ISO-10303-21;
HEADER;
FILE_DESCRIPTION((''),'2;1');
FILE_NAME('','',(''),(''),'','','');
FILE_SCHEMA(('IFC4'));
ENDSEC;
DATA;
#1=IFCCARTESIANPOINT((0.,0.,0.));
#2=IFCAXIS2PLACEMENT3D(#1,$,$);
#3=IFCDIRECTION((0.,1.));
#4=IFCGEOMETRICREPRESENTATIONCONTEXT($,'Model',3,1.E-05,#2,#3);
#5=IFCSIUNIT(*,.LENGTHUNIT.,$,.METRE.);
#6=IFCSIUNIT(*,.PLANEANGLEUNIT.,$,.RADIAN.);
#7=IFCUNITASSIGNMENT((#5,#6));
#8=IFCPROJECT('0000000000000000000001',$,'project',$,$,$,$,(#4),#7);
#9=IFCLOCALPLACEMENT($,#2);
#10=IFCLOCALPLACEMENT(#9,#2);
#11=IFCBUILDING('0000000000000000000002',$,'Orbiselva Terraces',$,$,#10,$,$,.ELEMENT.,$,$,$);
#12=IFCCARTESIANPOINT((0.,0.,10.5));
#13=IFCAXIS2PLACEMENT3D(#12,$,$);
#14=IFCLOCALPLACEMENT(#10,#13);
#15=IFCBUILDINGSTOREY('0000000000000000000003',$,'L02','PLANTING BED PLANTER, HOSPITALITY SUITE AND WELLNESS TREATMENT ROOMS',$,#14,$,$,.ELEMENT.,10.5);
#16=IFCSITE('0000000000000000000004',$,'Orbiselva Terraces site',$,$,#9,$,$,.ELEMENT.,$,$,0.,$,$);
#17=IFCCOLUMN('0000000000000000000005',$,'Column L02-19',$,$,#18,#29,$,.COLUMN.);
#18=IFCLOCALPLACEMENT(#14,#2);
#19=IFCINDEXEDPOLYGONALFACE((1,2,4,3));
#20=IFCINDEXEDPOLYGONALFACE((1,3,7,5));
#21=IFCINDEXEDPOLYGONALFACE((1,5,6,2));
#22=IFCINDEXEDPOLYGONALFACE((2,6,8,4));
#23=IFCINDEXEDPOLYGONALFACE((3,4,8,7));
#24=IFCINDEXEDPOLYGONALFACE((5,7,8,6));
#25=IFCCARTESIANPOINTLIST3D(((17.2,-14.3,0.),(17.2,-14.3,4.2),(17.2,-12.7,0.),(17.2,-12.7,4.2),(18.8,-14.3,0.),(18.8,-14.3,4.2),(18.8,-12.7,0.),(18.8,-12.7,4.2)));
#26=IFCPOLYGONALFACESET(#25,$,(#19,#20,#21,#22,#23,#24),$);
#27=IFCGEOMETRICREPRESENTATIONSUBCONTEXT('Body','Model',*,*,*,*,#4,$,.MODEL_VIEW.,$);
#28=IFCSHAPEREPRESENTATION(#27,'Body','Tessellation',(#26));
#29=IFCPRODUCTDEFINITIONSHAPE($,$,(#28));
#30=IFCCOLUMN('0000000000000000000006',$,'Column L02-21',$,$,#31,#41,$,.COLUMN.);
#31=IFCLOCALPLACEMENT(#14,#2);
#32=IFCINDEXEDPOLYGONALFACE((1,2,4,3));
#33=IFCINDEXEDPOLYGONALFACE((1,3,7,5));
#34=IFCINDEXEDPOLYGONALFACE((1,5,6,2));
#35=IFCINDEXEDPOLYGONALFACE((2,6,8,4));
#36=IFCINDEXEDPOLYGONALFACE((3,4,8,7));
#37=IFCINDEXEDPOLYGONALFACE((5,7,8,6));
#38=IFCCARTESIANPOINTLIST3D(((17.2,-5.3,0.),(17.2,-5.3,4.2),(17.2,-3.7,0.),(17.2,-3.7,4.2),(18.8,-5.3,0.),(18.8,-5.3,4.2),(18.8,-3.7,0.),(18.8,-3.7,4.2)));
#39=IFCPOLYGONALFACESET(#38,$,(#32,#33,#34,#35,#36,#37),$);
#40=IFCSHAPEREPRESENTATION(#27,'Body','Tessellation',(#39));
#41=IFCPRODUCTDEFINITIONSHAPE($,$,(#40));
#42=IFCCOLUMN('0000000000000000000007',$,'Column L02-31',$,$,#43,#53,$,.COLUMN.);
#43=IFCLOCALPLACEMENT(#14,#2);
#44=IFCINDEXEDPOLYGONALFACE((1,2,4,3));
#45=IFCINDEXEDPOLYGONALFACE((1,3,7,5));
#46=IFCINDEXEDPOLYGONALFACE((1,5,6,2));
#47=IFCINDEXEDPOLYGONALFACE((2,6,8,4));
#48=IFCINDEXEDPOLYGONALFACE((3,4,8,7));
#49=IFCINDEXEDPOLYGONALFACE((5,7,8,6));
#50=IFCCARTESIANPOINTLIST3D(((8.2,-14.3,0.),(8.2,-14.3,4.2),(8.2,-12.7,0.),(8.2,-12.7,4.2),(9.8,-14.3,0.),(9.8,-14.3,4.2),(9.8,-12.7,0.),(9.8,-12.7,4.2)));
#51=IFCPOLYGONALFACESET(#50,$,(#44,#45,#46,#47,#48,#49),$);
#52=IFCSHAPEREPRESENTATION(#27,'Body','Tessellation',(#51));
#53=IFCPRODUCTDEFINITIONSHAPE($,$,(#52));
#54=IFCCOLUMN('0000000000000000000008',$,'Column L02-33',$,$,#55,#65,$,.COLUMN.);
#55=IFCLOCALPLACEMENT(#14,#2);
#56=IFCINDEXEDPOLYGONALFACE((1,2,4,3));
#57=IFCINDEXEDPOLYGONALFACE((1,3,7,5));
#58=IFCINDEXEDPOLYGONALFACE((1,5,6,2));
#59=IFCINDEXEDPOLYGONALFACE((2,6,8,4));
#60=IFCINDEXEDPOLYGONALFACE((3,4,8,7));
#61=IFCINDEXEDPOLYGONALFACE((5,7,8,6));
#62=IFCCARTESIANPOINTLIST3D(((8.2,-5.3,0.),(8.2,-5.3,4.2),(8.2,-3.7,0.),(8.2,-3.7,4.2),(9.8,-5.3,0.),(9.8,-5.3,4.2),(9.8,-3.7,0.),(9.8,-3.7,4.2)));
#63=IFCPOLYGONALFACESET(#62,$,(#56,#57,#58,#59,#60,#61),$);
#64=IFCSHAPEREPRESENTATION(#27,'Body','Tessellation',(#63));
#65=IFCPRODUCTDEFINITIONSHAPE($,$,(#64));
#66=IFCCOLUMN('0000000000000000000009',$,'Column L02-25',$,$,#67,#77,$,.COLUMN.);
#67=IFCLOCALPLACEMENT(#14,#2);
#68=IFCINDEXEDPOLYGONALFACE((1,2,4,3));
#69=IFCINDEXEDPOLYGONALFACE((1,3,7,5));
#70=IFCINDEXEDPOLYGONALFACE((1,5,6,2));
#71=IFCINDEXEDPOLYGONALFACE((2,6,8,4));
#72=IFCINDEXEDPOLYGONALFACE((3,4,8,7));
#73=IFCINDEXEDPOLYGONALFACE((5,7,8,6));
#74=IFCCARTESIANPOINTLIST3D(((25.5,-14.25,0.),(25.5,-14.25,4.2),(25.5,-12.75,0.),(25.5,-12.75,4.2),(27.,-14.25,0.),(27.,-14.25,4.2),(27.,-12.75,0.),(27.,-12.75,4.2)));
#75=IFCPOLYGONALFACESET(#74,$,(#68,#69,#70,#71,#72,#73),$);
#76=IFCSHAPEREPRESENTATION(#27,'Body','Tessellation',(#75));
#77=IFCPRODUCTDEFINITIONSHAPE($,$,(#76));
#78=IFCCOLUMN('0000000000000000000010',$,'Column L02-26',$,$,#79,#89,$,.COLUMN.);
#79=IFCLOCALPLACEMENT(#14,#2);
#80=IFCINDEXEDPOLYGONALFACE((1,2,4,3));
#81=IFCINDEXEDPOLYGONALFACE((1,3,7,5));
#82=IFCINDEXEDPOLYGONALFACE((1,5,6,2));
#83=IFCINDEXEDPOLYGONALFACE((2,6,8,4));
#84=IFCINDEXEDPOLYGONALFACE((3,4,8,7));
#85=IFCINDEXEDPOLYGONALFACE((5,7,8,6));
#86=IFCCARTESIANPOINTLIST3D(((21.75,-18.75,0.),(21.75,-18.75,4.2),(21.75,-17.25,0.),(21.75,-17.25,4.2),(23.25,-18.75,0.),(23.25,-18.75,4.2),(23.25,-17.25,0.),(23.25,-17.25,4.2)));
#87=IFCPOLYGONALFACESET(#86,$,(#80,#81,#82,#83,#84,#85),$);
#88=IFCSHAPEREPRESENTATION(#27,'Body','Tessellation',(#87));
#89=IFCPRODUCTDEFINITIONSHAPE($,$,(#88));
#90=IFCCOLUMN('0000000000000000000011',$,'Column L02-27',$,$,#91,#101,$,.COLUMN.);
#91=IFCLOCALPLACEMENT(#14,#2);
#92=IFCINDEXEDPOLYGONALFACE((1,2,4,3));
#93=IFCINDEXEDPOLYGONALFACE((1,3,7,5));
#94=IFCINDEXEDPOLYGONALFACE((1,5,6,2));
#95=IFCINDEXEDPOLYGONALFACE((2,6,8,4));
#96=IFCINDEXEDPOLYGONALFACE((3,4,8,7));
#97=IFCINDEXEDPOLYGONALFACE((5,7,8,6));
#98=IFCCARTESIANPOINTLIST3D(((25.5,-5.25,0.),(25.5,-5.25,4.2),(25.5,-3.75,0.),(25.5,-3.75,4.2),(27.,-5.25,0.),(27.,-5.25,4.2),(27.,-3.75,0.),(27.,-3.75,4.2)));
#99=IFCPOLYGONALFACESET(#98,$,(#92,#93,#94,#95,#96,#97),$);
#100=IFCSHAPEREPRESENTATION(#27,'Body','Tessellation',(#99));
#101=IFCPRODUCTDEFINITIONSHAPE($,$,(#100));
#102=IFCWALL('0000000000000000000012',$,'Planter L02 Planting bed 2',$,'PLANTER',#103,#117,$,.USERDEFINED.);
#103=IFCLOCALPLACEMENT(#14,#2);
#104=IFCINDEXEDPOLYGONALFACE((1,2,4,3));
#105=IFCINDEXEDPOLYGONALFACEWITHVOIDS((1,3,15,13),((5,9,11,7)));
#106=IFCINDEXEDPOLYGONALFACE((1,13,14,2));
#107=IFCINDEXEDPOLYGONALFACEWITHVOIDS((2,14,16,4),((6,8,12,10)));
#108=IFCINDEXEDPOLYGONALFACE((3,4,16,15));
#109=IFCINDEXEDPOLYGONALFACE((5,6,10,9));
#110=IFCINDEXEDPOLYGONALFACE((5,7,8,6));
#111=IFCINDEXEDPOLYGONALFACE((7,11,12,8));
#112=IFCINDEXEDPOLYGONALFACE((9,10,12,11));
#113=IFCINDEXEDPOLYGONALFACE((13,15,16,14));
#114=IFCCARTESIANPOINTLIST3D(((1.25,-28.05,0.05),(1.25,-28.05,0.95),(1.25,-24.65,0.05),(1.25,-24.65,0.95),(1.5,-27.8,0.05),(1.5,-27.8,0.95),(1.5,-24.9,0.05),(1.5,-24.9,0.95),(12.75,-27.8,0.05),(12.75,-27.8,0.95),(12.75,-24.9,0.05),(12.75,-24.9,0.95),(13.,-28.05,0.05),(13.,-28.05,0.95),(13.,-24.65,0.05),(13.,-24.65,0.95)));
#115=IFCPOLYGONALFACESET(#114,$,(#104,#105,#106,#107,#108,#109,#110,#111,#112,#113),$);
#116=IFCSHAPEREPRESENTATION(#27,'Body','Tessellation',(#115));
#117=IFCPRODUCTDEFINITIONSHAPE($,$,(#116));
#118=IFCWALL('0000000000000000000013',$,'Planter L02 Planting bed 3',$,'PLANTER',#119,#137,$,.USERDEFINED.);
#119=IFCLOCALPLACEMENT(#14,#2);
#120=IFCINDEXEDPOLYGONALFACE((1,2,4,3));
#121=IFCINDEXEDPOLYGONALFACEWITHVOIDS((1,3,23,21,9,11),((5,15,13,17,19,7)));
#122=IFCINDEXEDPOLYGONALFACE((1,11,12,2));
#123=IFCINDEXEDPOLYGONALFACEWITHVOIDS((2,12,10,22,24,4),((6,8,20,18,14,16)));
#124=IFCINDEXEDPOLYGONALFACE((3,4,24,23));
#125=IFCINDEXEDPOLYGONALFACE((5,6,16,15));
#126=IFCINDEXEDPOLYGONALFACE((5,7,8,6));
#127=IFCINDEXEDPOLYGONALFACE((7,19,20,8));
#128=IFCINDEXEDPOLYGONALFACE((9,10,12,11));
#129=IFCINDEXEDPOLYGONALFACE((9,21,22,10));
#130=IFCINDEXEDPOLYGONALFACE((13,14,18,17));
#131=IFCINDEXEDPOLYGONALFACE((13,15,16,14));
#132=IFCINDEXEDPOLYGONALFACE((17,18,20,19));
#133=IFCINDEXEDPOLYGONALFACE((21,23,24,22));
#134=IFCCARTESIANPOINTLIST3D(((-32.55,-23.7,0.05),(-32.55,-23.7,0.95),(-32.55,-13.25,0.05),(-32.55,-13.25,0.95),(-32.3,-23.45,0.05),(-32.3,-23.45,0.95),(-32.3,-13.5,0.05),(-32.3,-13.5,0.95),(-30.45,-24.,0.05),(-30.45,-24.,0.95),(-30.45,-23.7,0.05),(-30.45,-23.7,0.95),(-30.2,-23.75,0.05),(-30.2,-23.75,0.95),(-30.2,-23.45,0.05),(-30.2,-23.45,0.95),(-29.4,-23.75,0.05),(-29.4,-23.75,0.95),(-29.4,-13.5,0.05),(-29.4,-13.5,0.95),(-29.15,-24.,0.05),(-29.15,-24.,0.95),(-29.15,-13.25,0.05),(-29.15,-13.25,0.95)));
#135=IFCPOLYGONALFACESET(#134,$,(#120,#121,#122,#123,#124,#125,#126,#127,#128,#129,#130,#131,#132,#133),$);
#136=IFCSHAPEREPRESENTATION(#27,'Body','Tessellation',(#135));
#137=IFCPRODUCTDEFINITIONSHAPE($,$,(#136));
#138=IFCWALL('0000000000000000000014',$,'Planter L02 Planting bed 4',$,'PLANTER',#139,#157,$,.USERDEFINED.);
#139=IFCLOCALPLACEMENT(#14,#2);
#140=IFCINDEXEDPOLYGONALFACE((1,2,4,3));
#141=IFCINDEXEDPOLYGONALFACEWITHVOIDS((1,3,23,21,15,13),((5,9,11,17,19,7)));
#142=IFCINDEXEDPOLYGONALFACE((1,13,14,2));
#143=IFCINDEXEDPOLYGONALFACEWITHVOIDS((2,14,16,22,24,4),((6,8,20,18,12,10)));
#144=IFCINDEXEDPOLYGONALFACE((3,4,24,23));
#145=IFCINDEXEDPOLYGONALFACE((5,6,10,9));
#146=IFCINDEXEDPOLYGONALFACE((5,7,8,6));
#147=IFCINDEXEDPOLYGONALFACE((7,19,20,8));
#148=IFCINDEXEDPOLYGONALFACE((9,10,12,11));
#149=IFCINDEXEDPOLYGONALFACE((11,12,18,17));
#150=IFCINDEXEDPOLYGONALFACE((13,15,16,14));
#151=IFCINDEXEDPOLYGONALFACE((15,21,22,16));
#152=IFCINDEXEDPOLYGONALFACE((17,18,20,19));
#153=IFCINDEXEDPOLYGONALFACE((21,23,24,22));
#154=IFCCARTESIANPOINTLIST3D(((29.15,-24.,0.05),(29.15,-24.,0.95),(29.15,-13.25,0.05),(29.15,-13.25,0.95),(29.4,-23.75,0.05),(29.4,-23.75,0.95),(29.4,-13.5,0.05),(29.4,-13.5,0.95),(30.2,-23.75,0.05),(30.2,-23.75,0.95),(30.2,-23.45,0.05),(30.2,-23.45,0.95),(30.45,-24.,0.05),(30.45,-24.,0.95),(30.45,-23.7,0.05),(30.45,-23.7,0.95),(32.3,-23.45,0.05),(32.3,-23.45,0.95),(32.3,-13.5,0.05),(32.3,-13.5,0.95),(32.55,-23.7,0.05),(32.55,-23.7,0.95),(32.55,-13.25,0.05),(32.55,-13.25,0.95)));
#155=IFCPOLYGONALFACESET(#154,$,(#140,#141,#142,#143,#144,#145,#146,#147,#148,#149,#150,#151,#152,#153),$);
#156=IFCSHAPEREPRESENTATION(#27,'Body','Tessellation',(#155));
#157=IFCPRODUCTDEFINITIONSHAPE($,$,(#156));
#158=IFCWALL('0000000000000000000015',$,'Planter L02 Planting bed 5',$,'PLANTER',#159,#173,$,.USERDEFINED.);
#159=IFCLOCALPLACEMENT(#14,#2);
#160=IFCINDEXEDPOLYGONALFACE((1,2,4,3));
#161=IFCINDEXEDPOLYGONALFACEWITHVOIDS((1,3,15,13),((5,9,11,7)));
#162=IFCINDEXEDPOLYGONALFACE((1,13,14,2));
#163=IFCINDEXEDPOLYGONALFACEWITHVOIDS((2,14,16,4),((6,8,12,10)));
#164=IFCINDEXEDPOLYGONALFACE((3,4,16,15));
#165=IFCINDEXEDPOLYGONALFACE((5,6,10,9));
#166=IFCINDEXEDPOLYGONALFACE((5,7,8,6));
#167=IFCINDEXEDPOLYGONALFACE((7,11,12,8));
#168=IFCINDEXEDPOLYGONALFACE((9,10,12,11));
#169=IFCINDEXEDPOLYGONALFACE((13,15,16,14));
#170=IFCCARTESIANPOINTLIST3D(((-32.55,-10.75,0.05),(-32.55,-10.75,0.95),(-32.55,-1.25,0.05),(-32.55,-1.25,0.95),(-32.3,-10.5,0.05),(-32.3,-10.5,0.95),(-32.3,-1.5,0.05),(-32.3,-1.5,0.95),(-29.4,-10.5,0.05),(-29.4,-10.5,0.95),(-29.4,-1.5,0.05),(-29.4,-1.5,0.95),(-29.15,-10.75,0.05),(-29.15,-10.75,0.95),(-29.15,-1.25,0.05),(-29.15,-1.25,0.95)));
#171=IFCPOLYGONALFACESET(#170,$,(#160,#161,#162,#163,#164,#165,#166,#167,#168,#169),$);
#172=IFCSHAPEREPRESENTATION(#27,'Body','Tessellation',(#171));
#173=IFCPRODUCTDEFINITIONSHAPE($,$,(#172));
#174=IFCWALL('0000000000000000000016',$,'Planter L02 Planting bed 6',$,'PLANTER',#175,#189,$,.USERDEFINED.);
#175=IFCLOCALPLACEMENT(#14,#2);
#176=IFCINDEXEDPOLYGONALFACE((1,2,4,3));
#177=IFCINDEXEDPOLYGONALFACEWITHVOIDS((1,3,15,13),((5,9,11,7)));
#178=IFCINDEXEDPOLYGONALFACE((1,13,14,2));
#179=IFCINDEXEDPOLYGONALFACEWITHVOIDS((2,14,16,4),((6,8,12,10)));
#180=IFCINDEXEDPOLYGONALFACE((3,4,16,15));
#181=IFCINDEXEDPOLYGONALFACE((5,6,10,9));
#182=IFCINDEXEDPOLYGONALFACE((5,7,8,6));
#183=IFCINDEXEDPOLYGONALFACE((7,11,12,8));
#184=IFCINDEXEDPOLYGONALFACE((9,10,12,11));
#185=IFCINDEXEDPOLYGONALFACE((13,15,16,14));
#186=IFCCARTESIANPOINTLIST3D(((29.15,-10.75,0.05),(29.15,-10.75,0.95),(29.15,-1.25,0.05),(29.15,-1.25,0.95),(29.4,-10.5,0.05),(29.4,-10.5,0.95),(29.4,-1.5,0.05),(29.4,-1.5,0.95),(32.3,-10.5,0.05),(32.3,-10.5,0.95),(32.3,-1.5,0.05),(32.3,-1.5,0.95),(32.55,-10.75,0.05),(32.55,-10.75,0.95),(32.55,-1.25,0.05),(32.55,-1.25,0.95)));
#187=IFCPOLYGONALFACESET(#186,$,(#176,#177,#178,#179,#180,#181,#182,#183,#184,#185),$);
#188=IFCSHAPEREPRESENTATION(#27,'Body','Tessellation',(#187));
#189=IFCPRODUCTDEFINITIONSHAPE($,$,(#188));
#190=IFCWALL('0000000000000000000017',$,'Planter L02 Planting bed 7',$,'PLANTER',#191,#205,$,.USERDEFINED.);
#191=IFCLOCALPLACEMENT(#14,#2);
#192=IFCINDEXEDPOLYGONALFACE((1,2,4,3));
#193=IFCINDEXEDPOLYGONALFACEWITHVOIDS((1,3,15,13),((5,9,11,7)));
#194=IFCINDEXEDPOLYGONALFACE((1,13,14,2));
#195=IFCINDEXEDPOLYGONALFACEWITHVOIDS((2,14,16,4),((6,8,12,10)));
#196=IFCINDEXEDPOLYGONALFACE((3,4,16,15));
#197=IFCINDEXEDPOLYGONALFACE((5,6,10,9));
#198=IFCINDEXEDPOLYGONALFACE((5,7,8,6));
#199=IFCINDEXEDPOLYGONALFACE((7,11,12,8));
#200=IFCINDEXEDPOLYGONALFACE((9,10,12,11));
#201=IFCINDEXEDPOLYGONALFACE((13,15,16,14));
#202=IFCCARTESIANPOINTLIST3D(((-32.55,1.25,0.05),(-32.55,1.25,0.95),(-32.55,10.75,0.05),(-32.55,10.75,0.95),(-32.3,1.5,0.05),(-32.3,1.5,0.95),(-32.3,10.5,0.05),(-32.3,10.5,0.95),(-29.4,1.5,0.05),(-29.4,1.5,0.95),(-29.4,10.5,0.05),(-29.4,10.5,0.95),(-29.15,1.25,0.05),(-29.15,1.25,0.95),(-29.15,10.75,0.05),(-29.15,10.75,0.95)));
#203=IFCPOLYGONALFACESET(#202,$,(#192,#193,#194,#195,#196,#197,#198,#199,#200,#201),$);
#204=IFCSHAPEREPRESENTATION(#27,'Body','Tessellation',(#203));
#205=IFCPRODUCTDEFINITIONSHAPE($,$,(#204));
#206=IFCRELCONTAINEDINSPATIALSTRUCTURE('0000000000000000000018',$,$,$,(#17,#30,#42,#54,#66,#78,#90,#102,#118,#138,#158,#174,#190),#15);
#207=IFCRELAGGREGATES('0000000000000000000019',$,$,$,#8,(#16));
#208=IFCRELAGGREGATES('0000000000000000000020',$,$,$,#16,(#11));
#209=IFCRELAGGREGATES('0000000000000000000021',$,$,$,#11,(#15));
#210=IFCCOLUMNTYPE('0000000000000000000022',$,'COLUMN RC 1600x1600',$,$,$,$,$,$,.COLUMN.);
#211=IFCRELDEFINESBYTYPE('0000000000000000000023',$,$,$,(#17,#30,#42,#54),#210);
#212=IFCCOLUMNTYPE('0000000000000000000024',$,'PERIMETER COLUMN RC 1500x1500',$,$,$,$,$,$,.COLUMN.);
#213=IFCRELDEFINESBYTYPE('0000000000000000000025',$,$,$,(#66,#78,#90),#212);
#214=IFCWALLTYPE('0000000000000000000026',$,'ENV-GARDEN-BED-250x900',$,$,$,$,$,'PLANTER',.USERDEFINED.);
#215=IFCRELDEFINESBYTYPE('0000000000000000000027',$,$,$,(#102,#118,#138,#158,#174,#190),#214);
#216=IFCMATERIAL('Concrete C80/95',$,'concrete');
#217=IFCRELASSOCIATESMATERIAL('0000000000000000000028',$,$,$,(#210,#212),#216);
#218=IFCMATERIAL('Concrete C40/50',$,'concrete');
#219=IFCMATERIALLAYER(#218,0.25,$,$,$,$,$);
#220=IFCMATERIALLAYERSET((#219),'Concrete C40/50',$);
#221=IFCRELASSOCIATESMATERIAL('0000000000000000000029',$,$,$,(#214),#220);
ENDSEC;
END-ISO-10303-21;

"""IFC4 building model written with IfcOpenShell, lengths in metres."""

from ifc_helpers import new_model, si_unit, direction, frame, origin, origin_2d, place, context, subcontext, project, spatial, polyline, rectangle, outline, extrude, material, layer, layer_set, material_profile, profile_set, type_object, element, save


model = new_model("IFC4")

# Units and contexts
model_context = context("Model", 3, precision=1e-05, world=origin(), true_north=direction((0.0, 1.0)))
body_context = subcontext(model_context, "Body", "Model", "MODEL_VIEW")
ifc_project = project(units=[si_unit("LENGTHUNIT", "METRE"), si_unit("PLANEANGLEUNIT", "RADIAN")], contexts=[model_context])

# Site, building, storey
site_placement = place(None, origin())
site = spatial("IfcSite", under=ifc_project, at=site_placement, Name="Orbiselva Terraces site", CompositionType="ELEMENT", RefElevation=0.0)
building_placement = place(site_placement, origin())
building = spatial("IfcBuilding", under=site, at=building_placement, Name="Orbiselva Terraces", CompositionType="ELEMENT")
storey_placement = place(building_placement, frame((0.0, 0.0, 10.5)))
storey = spatial("IfcBuildingStorey", under=building, at=storey_placement, Name="L02", Description="PLANTING BED PLANTER, HOSPITALITY SUITE AND WELLNESS TREATMENT ROOMS", CompositionType="ELEMENT", Elevation=10.5)

# Columns
ifc_material_1 = material(Name="Concrete C80/95", Category="concrete")
ifc_material_profile_1 = material_profile(ifc_material_1, rectangle(XDim=1.6, YDim=1.6, at=origin_2d()), Name="RC 1600x1600")
ifc_profile_set_1 = profile_set([ifc_material_profile_1], Name="Concrete C80/95")
column_type_1 = type_object("IfcColumnType", Name="COLUMN RC 1600x1600", PredefinedType="COLUMN", material=ifc_profile_set_1)
for number, where, z_axis, x_axis, name in (
    (1, (18.0, -13.5, 0.0), (0.0, 0.0, 1.0), (1.0, 0.0, 0.0), "Column L02-19"),
    (2, (18.0, -4.5, 0.0), (0.0, 0.0, 1.0), (1.0, 0.0, 0.0), "Column L02-21"),
    (3, (9.0, -13.5, 0.0), (0.0, 0.0, 1.0), (1.0, 0.0, 0.0), "Column L02-31"),
    (4, (9.0, -4.5, 0.0), (0.0, 0.0, 1.0), (1.0, 0.0, 0.0), "Column L02-33"),
):
    element("IfcColumn", number, at=place(storey_placement, frame(where, z_axis=z_axis, x_axis=x_axis)), inside=storey, type_object=column_type_1, Name=name, PredefinedType="COLUMN", context=body_context, shape_type="SweptSolid", body=[
        extrude(rectangle(XDim=1.6, YDim=1.6, at=origin_2d()), origin(), (0.0, 0.0, 1.0), 4.2),
    ])
ifc_material_profile_2 = material_profile(ifc_material_1, rectangle(XDim=1.5, YDim=1.5, at=origin_2d()), Name="RC 1500x1500")
ifc_profile_set_2 = profile_set([ifc_material_profile_2], Name="Concrete C80/95")
column_type_2 = type_object("IfcColumnType", Name="PERIMETER COLUMN RC 1500x1500", PredefinedType="COLUMN", material=ifc_profile_set_2)
for number, where, z_axis, x_axis, name in (
    (5, (26.25, -13.5, 0.0), (0.0, 0.0, 1.0), (1.0, 0.0, 0.0), "Column L02-25"),
    (6, (22.5, -18.0, 0.0), (0.0, 0.0, 1.0), (1.0, 0.0, 0.0), "Column L02-26"),
    (7, (26.25, -4.5, 0.0), (0.0, 0.0, 1.0), (1.0, 0.0, 0.0), "Column L02-27"),
):
    element("IfcColumn", number, at=place(storey_placement, frame(where, z_axis=z_axis, x_axis=x_axis)), inside=storey, type_object=column_type_2, Name=name, PredefinedType="COLUMN", context=body_context, shape_type="SweptSolid", body=[
        extrude(rectangle(XDim=1.5, YDim=1.5, at=origin_2d()), origin(), (0.0, 0.0, 1.0), 4.2),
    ])

# Walls
ifc_material_2 = material(Name="Concrete C40/50", Category="concrete")
ifc_layer_1 = layer(ifc_material_2, 0.25)
ifc_layer_set_1 = layer_set([ifc_layer_1], Name="Concrete C40/50")
wall_type_1 = type_object("IfcWallType", Name="ENV-GARDEN-BED-250x900", ElementType="PLANTER", PredefinedType="USERDEFINED", material=ifc_layer_set_1)
wall_1_placement = place(storey_placement, frame((0.0, 0.0, 0.05)))
element("IfcWall", 8, at=wall_1_placement, inside=storey, type_object=wall_type_1, Name="Planter L02 Planting bed 2", ObjectType="PLANTER", PredefinedType="USERDEFINED", context=body_context, shape_type="SweptSolid", body=[
    extrude(outline(polyline([(1.25, -28.05), (13.0, -28.05), (13.0, -24.65), (1.25, -24.65), (1.25, -28.05)]), holes=[polyline([(1.5, -24.9), (12.75, -24.9), (12.75, -27.8), (1.5, -27.8), (1.5, -24.9)])]), origin(), (0.0, 0.0, 1.0), 0.9),
])
wall_2_placement = place(storey_placement, frame((0.0, 0.0, 0.05)))
element("IfcWall", 9, at=wall_2_placement, inside=storey, type_object=wall_type_1, Name="Planter L02 Planting bed 3", ObjectType="PLANTER", PredefinedType="USERDEFINED", context=body_context, shape_type="SweptSolid", body=[
    extrude(outline(polyline([(-32.55, -13.25), (-32.55, -23.7), (-30.45, -23.7), (-30.45, -24.0), (-29.15, -24.0), (-29.15, -13.25), (-32.55, -13.25)]), holes=[polyline([(-29.4, -13.5), (-29.4, -23.75), (-30.2, -23.75), (-30.2, -23.45), (-32.3, -23.45), (-32.3, -13.5), (-29.4, -13.5)])]), origin(), (0.0, 0.0, 1.0), 0.9),
])
wall_3_placement = place(storey_placement, frame((0.0, 0.0, 0.05)))
element("IfcWall", 10, at=wall_3_placement, inside=storey, type_object=wall_type_1, Name="Planter L02 Planting bed 4", ObjectType="PLANTER", PredefinedType="USERDEFINED", context=body_context, shape_type="SweptSolid", body=[
    extrude(outline(polyline([(29.15, -24.0), (30.45, -24.0), (30.45, -23.7), (32.55, -23.7), (32.55, -13.25), (29.15, -13.25), (29.15, -24.0)]), holes=[polyline([(29.4, -13.5), (32.3, -13.5), (32.3, -23.45), (30.2, -23.45), (30.2, -23.75), (29.4, -23.75), (29.4, -13.5)])]), origin(), (0.0, 0.0, 1.0), 0.9),
])
wall_4_placement = place(storey_placement, frame((0.0, 0.0, 0.05)))
element("IfcWall", 11, at=wall_4_placement, inside=storey, type_object=wall_type_1, Name="Planter L02 Planting bed 5", ObjectType="PLANTER", PredefinedType="USERDEFINED", context=body_context, shape_type="SweptSolid", body=[
    extrude(outline(polyline([(-32.55, -10.75), (-29.15, -10.75), (-29.15, -1.25), (-32.55, -1.25), (-32.55, -10.75)]), holes=[polyline([(-32.3, -1.5), (-29.4, -1.5), (-29.4, -10.5), (-32.3, -10.5), (-32.3, -1.5)])]), origin(), (0.0, 0.0, 1.0), 0.9),
])
wall_5_placement = place(storey_placement, frame((0.0, 0.0, 0.05)))
element("IfcWall", 12, at=wall_5_placement, inside=storey, type_object=wall_type_1, Name="Planter L02 Planting bed 6", ObjectType="PLANTER", PredefinedType="USERDEFINED", context=body_context, shape_type="SweptSolid", body=[
    extrude(outline(polyline([(29.15, -10.75), (32.55, -10.75), (32.55, -1.25), (29.15, -1.25), (29.15, -10.75)]), holes=[polyline([(29.4, -1.5), (32.3, -1.5), (32.3, -10.5), (29.4, -10.5), (29.4, -1.5)])]), origin(), (0.0, 0.0, 1.0), 0.9),
])
wall_6_placement = place(storey_placement, frame((0.0, 0.0, 0.05)))
element("IfcWall", 13, at=wall_6_placement, inside=storey, type_object=wall_type_1, Name="Planter L02 Planting bed 7", ObjectType="PLANTER", PredefinedType="USERDEFINED", context=body_context, shape_type="SweptSolid", body=[
    extrude(outline(polyline([(-32.55, 1.25), (-29.15, 1.25), (-29.15, 10.75), (-32.55, 10.75), (-32.55, 1.25)]), holes=[polyline([(-32.3, 10.5), (-29.4, 10.5), (-29.4, 1.5), (-32.3, 1.5), (-32.3, 10.5)])]), origin(), (0.0, 0.0, 1.0), 0.9),
])

save(model, "model.ifc")
